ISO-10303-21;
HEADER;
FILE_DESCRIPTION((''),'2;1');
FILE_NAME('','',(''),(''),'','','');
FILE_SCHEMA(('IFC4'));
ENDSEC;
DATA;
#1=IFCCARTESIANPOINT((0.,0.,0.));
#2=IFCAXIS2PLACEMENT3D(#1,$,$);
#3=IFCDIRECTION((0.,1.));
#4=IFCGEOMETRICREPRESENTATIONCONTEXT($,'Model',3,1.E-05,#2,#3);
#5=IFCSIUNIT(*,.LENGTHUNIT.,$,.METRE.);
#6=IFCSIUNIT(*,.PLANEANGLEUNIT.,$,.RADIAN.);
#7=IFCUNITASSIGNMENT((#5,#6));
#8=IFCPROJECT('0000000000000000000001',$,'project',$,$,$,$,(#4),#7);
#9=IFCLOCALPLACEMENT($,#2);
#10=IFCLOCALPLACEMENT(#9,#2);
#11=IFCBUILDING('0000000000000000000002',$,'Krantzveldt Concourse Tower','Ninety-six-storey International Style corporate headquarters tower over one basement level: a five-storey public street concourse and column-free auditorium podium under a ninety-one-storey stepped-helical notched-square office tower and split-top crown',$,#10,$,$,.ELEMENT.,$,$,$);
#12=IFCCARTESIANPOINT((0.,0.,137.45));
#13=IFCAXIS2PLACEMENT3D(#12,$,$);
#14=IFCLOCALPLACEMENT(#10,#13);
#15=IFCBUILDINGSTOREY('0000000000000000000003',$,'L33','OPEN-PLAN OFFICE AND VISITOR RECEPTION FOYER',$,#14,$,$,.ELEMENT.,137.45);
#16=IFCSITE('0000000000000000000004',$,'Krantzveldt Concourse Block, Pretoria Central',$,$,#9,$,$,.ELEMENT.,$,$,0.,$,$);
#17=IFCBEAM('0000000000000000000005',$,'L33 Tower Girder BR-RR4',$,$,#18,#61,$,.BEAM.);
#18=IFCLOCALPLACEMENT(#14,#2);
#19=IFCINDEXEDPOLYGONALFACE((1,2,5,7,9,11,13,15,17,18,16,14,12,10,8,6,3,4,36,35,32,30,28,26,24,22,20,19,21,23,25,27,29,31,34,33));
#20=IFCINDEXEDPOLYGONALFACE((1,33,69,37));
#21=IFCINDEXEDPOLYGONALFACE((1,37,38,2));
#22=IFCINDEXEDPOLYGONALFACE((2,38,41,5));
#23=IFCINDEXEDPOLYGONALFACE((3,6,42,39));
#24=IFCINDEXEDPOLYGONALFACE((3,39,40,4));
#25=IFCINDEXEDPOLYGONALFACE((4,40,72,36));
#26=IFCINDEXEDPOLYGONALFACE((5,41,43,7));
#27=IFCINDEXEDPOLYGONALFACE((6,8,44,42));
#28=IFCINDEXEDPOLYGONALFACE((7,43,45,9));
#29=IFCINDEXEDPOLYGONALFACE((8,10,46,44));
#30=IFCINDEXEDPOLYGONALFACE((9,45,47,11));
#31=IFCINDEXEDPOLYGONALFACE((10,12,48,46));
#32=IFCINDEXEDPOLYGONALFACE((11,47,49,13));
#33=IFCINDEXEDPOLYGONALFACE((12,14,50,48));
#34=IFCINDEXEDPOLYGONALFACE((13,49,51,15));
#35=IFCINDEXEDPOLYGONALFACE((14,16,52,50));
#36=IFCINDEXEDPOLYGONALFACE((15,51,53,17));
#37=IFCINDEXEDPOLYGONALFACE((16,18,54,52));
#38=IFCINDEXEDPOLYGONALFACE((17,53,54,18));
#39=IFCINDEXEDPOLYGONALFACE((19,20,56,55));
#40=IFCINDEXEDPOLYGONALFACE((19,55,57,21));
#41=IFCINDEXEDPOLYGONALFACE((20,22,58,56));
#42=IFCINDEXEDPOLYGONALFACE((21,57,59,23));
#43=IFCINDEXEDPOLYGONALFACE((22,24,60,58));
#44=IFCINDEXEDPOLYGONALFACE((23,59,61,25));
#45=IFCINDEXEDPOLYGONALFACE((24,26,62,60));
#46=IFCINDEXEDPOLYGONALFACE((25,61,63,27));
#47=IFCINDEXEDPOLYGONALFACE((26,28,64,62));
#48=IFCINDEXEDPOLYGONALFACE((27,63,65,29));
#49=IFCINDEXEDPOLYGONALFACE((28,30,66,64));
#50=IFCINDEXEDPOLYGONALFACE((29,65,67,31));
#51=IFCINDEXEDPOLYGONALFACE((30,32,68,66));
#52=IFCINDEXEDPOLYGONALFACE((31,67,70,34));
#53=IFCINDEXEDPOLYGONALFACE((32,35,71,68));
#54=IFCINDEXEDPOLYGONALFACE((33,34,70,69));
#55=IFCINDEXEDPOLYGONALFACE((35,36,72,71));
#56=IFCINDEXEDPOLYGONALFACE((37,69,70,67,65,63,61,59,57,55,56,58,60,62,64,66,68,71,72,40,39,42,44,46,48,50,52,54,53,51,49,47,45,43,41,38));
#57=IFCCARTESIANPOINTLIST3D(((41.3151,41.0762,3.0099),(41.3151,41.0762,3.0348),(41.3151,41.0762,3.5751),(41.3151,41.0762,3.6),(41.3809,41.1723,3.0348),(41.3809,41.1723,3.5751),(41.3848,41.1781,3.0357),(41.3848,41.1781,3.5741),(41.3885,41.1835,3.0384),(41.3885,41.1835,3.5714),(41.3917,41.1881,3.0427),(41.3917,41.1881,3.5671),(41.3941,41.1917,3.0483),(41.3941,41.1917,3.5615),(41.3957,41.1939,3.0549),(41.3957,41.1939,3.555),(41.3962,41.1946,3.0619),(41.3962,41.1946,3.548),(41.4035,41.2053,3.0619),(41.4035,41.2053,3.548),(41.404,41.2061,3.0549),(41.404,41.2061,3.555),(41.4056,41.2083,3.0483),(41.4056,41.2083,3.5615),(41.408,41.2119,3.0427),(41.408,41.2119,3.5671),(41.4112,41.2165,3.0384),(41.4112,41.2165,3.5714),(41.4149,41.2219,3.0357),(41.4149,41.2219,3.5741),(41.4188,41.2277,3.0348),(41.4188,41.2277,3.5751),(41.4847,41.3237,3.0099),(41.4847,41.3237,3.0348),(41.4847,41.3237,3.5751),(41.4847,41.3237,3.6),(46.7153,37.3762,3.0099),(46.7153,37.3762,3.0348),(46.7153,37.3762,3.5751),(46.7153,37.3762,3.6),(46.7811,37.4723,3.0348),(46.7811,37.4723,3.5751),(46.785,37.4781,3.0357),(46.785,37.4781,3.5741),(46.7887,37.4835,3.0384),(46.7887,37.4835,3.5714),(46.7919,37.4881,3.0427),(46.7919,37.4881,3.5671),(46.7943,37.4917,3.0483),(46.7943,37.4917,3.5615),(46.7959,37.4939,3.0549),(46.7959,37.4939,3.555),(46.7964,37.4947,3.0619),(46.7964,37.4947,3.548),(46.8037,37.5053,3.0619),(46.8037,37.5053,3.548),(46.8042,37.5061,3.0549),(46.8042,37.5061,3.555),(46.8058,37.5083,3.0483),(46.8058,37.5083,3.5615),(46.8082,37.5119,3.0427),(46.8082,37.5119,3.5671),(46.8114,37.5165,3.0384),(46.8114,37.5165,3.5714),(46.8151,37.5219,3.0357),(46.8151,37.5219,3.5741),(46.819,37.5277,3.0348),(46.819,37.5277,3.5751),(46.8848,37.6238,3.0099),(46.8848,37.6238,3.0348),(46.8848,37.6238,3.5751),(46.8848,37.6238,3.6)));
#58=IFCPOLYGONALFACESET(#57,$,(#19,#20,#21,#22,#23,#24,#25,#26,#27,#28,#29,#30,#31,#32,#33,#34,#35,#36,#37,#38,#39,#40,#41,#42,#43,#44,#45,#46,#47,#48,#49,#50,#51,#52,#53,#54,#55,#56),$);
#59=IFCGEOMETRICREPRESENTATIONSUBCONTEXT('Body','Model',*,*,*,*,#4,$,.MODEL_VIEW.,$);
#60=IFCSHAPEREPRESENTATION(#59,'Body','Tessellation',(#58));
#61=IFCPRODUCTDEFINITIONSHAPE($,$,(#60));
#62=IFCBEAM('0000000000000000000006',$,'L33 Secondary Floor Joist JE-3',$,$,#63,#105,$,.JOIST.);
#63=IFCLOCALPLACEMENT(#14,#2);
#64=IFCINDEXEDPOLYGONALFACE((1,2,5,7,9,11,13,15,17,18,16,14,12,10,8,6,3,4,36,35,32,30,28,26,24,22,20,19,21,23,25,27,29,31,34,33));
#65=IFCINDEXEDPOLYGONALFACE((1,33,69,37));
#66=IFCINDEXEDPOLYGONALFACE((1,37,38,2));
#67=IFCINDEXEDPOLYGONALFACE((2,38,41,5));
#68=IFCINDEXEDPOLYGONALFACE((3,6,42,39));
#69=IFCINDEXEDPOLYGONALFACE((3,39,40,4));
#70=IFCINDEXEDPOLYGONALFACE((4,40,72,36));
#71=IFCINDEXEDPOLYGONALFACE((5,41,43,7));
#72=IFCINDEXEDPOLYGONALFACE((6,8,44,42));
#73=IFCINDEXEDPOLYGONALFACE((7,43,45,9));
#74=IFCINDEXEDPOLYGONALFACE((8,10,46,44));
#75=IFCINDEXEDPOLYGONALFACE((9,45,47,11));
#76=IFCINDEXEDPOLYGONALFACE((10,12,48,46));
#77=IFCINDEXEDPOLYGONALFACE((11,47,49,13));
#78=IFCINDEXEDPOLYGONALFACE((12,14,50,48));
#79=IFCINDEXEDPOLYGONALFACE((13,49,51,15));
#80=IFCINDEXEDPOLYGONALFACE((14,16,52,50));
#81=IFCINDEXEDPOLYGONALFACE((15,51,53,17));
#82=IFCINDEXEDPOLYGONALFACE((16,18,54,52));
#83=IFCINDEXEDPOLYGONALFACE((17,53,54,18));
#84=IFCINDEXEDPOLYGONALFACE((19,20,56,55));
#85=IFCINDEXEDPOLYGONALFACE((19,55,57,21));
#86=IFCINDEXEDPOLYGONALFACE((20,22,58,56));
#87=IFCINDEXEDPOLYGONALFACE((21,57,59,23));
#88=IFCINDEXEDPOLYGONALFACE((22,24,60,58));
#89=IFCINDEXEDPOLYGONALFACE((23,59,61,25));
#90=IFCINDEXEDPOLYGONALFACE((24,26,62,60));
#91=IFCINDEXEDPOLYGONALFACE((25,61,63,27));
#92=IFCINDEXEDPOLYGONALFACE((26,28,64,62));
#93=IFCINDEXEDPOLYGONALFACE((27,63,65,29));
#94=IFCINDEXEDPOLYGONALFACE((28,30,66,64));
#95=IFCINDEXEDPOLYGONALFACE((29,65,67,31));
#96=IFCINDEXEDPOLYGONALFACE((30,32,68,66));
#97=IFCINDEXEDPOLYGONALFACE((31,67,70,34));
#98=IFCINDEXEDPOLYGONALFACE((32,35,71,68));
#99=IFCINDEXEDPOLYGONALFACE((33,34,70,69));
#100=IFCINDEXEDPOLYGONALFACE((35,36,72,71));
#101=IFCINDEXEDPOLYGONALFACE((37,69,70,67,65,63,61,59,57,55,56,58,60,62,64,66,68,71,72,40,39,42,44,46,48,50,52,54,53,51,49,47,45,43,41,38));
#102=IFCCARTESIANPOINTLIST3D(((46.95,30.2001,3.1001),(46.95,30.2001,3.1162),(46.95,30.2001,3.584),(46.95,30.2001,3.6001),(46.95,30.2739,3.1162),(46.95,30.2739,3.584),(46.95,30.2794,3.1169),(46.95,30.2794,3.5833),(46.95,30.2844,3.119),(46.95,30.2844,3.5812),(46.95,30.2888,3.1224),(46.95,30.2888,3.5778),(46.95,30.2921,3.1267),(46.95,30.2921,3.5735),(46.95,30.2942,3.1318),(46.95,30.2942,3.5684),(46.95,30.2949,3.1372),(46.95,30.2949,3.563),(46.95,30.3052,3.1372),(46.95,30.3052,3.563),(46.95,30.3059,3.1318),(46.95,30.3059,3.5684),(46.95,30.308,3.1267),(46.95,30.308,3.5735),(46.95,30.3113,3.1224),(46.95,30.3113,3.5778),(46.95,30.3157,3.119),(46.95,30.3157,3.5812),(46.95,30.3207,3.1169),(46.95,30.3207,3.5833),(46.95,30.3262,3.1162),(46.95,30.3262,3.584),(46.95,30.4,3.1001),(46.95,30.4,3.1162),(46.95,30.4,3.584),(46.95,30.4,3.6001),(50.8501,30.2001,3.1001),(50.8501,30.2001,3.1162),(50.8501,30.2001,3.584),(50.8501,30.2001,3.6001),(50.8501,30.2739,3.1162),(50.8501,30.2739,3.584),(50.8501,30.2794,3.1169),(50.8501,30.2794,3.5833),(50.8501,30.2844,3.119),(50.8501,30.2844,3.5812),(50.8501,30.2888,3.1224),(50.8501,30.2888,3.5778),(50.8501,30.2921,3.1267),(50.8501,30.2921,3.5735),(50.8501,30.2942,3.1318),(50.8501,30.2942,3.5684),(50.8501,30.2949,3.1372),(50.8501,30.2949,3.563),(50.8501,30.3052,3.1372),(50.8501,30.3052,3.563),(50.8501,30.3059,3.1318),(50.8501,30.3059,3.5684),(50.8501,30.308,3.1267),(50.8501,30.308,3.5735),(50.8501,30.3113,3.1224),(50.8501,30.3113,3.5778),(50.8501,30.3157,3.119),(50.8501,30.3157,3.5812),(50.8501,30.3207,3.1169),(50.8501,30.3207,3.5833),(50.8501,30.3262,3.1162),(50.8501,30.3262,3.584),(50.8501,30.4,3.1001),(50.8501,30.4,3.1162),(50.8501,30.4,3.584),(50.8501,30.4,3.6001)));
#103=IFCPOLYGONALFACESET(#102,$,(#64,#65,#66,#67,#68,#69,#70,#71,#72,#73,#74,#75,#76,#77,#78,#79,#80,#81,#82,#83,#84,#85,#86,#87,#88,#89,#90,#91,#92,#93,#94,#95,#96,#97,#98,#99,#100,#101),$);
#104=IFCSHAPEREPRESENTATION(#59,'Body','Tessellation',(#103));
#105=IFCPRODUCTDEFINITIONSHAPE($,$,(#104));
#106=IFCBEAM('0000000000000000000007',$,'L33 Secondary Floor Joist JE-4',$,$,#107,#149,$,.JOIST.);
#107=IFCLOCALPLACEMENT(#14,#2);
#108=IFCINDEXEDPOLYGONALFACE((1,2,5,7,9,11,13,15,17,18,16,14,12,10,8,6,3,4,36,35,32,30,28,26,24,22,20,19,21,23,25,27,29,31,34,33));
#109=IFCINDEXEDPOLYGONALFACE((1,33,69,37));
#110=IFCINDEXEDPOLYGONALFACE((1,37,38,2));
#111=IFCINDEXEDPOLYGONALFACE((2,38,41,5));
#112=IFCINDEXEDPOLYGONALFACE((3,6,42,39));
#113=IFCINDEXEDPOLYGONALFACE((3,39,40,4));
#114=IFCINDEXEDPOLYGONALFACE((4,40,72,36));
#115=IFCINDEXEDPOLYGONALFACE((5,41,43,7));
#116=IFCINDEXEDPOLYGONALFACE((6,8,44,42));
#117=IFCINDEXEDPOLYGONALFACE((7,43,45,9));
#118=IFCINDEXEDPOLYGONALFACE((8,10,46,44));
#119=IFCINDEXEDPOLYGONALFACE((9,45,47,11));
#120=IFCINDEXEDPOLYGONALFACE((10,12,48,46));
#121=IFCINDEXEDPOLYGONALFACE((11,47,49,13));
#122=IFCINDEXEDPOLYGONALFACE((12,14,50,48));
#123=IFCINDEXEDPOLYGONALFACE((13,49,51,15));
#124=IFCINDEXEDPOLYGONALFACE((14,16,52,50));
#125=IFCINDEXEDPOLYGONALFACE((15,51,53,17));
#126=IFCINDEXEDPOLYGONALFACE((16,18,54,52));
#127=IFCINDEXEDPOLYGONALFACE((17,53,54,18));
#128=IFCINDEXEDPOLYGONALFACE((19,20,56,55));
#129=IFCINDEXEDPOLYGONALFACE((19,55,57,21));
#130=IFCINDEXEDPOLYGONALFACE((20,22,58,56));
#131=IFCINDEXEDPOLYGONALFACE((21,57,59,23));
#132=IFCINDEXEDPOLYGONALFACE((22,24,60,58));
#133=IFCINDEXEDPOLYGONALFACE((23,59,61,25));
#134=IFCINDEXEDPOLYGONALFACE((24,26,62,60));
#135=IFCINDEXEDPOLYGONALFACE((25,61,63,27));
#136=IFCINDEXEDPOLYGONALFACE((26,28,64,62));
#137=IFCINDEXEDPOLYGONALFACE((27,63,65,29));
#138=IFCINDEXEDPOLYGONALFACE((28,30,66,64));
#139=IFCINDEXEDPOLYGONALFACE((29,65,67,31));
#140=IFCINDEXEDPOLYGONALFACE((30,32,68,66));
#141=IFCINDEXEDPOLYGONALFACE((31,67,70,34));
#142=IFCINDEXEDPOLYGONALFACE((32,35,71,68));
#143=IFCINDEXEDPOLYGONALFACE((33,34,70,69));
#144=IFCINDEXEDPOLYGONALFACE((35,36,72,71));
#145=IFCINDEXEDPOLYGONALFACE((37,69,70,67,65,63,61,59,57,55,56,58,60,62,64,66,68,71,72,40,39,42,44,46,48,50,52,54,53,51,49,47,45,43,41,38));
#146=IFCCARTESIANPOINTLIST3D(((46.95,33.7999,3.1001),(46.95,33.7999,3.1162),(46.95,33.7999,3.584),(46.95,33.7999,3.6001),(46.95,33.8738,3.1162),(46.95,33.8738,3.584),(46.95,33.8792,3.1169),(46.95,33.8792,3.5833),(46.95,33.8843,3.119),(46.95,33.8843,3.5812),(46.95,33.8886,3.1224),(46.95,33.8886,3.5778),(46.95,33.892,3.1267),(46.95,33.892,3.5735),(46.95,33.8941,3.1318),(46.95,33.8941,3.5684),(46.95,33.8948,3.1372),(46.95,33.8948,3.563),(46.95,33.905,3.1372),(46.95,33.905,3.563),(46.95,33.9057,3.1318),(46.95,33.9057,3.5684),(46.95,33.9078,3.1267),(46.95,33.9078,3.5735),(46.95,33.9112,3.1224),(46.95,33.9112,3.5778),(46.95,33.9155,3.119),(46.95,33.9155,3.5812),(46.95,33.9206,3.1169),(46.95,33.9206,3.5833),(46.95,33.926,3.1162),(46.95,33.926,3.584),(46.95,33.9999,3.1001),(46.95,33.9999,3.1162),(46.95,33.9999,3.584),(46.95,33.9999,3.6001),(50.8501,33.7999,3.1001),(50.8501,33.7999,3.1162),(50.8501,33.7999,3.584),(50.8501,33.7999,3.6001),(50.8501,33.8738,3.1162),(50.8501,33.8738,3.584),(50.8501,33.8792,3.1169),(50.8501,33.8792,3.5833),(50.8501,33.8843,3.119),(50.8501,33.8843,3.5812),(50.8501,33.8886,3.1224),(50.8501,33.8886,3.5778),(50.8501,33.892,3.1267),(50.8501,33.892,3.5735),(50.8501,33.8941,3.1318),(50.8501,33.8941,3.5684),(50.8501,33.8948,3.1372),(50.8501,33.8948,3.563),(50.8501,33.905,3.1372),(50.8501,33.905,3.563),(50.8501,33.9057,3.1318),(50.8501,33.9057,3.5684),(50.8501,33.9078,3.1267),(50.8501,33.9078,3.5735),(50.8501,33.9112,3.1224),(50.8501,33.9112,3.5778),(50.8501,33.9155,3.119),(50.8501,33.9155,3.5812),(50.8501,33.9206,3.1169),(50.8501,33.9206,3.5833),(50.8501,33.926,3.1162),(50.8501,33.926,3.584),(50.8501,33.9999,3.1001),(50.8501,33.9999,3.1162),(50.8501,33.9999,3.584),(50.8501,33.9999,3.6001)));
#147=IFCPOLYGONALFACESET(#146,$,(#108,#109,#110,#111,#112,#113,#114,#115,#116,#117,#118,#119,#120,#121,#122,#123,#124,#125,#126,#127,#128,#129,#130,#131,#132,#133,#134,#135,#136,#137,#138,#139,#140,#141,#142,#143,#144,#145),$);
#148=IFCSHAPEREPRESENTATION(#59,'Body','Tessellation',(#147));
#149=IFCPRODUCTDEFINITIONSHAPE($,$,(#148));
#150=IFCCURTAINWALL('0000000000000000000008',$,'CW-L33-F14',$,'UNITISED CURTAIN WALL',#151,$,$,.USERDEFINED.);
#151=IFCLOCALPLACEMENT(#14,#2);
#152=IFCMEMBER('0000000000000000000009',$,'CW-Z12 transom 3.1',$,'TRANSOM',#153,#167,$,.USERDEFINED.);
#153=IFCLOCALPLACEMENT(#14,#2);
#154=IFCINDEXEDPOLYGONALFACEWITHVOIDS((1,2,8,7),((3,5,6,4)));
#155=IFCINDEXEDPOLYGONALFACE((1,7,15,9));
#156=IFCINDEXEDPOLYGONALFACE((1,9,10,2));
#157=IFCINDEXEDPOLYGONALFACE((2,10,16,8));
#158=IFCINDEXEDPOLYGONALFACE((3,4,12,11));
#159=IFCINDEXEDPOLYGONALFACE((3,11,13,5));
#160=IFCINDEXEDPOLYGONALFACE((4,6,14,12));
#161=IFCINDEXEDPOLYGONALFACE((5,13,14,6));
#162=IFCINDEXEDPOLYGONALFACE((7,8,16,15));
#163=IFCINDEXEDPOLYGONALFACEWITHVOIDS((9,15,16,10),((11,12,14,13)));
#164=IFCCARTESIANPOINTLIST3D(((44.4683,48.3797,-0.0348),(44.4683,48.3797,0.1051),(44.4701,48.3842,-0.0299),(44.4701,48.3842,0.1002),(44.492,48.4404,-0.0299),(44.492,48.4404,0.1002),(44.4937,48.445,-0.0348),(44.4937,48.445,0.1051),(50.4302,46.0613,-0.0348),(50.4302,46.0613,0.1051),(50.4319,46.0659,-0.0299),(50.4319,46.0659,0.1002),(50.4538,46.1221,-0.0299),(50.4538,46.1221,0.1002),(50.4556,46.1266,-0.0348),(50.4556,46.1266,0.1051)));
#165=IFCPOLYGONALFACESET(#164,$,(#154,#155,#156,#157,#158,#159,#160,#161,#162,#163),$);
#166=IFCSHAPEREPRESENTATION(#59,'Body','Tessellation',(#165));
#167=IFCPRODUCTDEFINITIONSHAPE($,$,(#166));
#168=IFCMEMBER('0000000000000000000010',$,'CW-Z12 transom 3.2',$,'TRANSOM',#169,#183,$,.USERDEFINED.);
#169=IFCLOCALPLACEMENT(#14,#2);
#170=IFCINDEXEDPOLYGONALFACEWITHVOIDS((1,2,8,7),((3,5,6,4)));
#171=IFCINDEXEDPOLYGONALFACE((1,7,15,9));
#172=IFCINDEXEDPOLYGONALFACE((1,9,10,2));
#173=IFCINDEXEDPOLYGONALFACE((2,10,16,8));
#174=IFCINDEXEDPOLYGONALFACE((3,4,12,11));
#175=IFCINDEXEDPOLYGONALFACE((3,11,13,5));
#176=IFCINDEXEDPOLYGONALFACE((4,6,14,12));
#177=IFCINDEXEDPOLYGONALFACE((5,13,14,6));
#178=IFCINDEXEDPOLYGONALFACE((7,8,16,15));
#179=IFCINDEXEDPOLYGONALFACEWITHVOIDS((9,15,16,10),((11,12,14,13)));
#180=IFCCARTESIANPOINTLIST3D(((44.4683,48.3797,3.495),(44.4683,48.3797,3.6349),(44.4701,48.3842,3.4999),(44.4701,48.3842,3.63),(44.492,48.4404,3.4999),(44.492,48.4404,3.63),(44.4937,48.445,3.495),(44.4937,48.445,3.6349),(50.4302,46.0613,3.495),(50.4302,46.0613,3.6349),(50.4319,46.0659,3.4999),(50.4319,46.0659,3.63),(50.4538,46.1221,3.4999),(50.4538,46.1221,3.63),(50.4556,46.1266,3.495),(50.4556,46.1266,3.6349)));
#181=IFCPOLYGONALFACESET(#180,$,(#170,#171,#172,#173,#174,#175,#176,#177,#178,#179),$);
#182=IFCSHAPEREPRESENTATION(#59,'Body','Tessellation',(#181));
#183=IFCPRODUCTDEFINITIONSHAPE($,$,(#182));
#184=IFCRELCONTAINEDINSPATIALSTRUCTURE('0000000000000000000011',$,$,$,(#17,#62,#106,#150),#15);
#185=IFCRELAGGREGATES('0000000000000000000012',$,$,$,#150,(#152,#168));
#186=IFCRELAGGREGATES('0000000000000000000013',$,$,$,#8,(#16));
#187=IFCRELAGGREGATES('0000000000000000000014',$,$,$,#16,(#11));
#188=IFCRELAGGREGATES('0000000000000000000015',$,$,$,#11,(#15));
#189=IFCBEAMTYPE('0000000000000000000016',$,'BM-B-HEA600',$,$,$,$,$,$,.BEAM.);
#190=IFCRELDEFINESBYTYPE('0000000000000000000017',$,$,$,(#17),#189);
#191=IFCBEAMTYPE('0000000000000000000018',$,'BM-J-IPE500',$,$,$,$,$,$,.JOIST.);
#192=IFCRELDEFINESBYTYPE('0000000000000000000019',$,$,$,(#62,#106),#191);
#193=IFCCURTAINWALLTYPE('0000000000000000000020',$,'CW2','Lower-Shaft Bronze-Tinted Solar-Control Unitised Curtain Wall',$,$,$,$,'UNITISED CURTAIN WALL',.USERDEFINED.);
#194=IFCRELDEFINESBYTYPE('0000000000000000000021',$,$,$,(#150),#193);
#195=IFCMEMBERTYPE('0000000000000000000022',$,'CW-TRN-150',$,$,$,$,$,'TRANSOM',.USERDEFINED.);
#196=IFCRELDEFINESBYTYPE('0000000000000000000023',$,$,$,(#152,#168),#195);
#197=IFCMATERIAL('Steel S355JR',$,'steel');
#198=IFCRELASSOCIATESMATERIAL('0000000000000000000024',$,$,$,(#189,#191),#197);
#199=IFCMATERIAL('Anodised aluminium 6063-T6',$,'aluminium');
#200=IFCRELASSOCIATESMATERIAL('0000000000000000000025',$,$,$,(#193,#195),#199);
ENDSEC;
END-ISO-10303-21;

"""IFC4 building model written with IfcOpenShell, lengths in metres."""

from ifc_helpers import new_model, si_unit, direction, frame, origin, origin_2d, place, context, subcontext, project, spatial, hollow_rectangle, i_section, extrude, source, transform, mapped, material, material_profile, profile_set, type_object, type_shapes, element, aggregate, save


model = new_model("IFC4")

# Units and contexts
model_context = context("Model", 3, precision=1e-05, world=origin(), true_north=direction((0.0, 1.0)))
body_context = subcontext(model_context, "Body", "Model", "MODEL_VIEW")
ifc_project = project(units=[si_unit("LENGTHUNIT", "METRE"), si_unit("PLANEANGLEUNIT", "RADIAN")], contexts=[model_context])

# Site, building, storey
site_placement = place(None, origin())
site = spatial("IfcSite", under=ifc_project, at=site_placement, Name="Krantzveldt Concourse Block, Pretoria Central", CompositionType="ELEMENT", RefElevation=0.0)
building_placement = place(site_placement, origin())
building = spatial("IfcBuilding", under=site, at=building_placement, Name="Krantzveldt Concourse Tower", Description="Ninety-six-storey International Style corporate headquarters tower over one basement level: a five-storey public street concourse and column-free auditorium podium under a ninety-one-storey stepped-helical notched-square office tower and split-top crown", CompositionType="ELEMENT")
storey_placement = place(building_placement, frame((0.0, 0.0, 137.45)))
storey = spatial("IfcBuildingStorey", under=building, at=storey_placement, Name="L33", Description="OPEN-PLAN OFFICE AND VISITOR RECEPTION FOYER", CompositionType="ELEMENT", Elevation=137.45)

# Beams
ifc_material_1 = material(Name="Steel S355JR", Category="steel")
ifc_material_profile_1 = material_profile(ifc_material_1, i_section(OverallWidth=0.3, OverallDepth=0.5901, WebThickness=0.0129, FlangeThickness=0.0249, FilletRadius=0.0271, at=origin_2d()), Name="Steel S355JR", Category="steel")
ifc_profile_set_1 = profile_set([ifc_material_profile_1], Name="Steel S355JR - HEA 600")
beam_type_1 = type_object("IfcBeamType", Name="BM-B-HEA600", PredefinedType="BEAM", material=ifc_profile_set_1)
shared_shape_1 = source(origin(), body_context, "Body", "SweptSolid", [
    extrude(i_section(OverallWidth=0.3, OverallDepth=0.5901, WebThickness=0.0129, FlangeThickness=0.0249, FilletRadius=0.0271, at=origin_2d()), origin(), (0.0, 0.0, 1.0), 6.5461),
])
beam_1_placement = place(storey_placement, frame((46.8, 37.5, 3.3049), z_axis=(-0.824943, 0.565216, 0.0), x_axis=(-0.565216, -0.824943, 0.0)))
element("IfcBeam", 1, at=beam_1_placement, inside=storey, type_object=beam_type_1, Name="L33 Tower Girder BR-RR4", PredefinedType="BEAM", context=body_context, shape_type="MappedRepresentation", body=[
    mapped(shared_shape_1, transform((0.0, 0.0, 0.0), x_axis=(1.0, 0.0, 0.0), y_axis=(0.0, 1.0, 0.0), z_axis=(0.0, 0.0, 1.0), scale=1.0)),
])
ifc_material_profile_2 = material_profile(ifc_material_1, i_section(OverallWidth=0.2, OverallDepth=0.5, WebThickness=0.0103, FlangeThickness=0.0161, FilletRadius=0.021, at=origin_2d()), Name="Steel S355JR", Category="steel")
ifc_profile_set_2 = profile_set([ifc_material_profile_2], Name="Steel S355JR - IPE 500")
beam_type_2 = type_object("IfcBeamType", Name="BM-J-IPE500", PredefinedType="JOIST", material=ifc_profile_set_2)
shared_shape_2 = source(origin(), body_context, "Body", "SweptSolid", [
    extrude(i_section(OverallWidth=0.2, OverallDepth=0.5, WebThickness=0.0103, FlangeThickness=0.0161, FilletRadius=0.021, at=origin_2d()), origin(), (0.0, 0.0, 1.0), 3.9001),
])
type_shapes(beam_type_2, [shared_shape_2])
for number, where, z_axis, x_axis, name in (
    (2, (46.95, 30.3, 3.3501), (1.0, 0.0, 0.0), (0.0, 1.0, 0.0), "L33 Secondary Floor Joist JE-3"),
    (3, (46.95, 33.8999, 3.3501), (1.0, 0.0, 0.0), (0.0, 1.0, 0.0), "L33 Secondary Floor Joist JE-4"),
):
    element("IfcBeam", number, at=place(storey_placement, frame(where, z_axis=z_axis, x_axis=x_axis)), inside=storey, type_object=beam_type_2, Name=name, PredefinedType="JOIST", context=body_context, shape_type="MappedRepresentation", body=[
        mapped(shared_shape_2, transform((0.0, 0.0, 0.0), x_axis=(1.0, 0.0, 0.0), y_axis=(0.0, 1.0, 0.0), z_axis=(0.0, 0.0, 1.0), scale=1.0)),
    ])

# Curtain wall, members
ifc_material_2 = material(Name="Anodised aluminium 6063-T6", Category="aluminium")
curtain_wall_type = type_object("IfcCurtainWallType", Name="CW2", Description="Lower-Shaft Bronze-Tinted Solar-Control Unitised Curtain Wall", ElementType="UNITISED CURTAIN WALL", PredefinedType="USERDEFINED", material=ifc_material_2)
curtain_wall_1_placement = place(storey_placement, origin())
curtain_wall_1 = element("IfcCurtainWall", 4, at=curtain_wall_1_placement, inside=storey, type_object=curtain_wall_type, Name="CW-L33-F14", ObjectType="UNITISED CURTAIN WALL", PredefinedType="USERDEFINED")
ifc_material_profile_3 = material_profile(ifc_material_2, hollow_rectangle(XDim=0.0701, YDim=0.1399, WallThickness=0.0049, at=origin_2d()), Name="Anodised aluminium 6063-T6", Category="aluminium")
ifc_profile_set_3 = profile_set([ifc_material_profile_3], Name="Anodised aluminium 6063-T6 - ALU-TRAN 140x70x5")
member_type_1 = type_object("IfcMemberType", Name="CW-TRN-150", ElementType="TRANSOM", PredefinedType="USERDEFINED", material=ifc_profile_set_3)
shared_shape_3 = source(origin(), body_context, "Body", "SweptSolid", [
    extrude(hollow_rectangle(XDim=0.0701, YDim=0.1399, WallThickness=0.0049, at=origin_2d()), origin(), (0.0, 0.0, 1.0), 6.3967),
])
member_1_placement = place(storey_placement, frame((50.4429, 46.094, 0.0352), z_axis=(-0.932013, 0.362424, 0.0), x_axis=(-0.362424, -0.932013, 0.0)))
member_1 = element("IfcMember", 5, at=member_1_placement, type_object=member_type_1, Name="CW-Z12 transom 3.1", ObjectType="TRANSOM", PredefinedType="USERDEFINED", context=body_context, shape_type="MappedRepresentation", body=[
    mapped(shared_shape_3, transform((0.0, 0.0, 0.0), x_axis=(1.0, 0.0, 0.0), y_axis=(0.0, 1.0, 0.0), z_axis=(0.0, 0.0, 1.0), scale=1.0)),
])
member_2_placement = place(storey_placement, frame((50.4429, 46.094, 3.5649), z_axis=(-0.932013, 0.362424, 0.0), x_axis=(-0.362424, -0.932013, 0.0)))
member_2 = element("IfcMember", 6, at=member_2_placement, type_object=member_type_1, Name="CW-Z12 transom 3.2", ObjectType="TRANSOM", PredefinedType="USERDEFINED", context=body_context, shape_type="MappedRepresentation", body=[
    mapped(shared_shape_3, transform((0.0, 0.0, 0.0), x_axis=(1.0, 0.0, 0.0), y_axis=(0.0, 1.0, 0.0), z_axis=(0.0, 0.0, 1.0), scale=1.0)),
])

aggregate(curtain_wall_1, [member_1, member_2])

save(model, "model.ifc")
